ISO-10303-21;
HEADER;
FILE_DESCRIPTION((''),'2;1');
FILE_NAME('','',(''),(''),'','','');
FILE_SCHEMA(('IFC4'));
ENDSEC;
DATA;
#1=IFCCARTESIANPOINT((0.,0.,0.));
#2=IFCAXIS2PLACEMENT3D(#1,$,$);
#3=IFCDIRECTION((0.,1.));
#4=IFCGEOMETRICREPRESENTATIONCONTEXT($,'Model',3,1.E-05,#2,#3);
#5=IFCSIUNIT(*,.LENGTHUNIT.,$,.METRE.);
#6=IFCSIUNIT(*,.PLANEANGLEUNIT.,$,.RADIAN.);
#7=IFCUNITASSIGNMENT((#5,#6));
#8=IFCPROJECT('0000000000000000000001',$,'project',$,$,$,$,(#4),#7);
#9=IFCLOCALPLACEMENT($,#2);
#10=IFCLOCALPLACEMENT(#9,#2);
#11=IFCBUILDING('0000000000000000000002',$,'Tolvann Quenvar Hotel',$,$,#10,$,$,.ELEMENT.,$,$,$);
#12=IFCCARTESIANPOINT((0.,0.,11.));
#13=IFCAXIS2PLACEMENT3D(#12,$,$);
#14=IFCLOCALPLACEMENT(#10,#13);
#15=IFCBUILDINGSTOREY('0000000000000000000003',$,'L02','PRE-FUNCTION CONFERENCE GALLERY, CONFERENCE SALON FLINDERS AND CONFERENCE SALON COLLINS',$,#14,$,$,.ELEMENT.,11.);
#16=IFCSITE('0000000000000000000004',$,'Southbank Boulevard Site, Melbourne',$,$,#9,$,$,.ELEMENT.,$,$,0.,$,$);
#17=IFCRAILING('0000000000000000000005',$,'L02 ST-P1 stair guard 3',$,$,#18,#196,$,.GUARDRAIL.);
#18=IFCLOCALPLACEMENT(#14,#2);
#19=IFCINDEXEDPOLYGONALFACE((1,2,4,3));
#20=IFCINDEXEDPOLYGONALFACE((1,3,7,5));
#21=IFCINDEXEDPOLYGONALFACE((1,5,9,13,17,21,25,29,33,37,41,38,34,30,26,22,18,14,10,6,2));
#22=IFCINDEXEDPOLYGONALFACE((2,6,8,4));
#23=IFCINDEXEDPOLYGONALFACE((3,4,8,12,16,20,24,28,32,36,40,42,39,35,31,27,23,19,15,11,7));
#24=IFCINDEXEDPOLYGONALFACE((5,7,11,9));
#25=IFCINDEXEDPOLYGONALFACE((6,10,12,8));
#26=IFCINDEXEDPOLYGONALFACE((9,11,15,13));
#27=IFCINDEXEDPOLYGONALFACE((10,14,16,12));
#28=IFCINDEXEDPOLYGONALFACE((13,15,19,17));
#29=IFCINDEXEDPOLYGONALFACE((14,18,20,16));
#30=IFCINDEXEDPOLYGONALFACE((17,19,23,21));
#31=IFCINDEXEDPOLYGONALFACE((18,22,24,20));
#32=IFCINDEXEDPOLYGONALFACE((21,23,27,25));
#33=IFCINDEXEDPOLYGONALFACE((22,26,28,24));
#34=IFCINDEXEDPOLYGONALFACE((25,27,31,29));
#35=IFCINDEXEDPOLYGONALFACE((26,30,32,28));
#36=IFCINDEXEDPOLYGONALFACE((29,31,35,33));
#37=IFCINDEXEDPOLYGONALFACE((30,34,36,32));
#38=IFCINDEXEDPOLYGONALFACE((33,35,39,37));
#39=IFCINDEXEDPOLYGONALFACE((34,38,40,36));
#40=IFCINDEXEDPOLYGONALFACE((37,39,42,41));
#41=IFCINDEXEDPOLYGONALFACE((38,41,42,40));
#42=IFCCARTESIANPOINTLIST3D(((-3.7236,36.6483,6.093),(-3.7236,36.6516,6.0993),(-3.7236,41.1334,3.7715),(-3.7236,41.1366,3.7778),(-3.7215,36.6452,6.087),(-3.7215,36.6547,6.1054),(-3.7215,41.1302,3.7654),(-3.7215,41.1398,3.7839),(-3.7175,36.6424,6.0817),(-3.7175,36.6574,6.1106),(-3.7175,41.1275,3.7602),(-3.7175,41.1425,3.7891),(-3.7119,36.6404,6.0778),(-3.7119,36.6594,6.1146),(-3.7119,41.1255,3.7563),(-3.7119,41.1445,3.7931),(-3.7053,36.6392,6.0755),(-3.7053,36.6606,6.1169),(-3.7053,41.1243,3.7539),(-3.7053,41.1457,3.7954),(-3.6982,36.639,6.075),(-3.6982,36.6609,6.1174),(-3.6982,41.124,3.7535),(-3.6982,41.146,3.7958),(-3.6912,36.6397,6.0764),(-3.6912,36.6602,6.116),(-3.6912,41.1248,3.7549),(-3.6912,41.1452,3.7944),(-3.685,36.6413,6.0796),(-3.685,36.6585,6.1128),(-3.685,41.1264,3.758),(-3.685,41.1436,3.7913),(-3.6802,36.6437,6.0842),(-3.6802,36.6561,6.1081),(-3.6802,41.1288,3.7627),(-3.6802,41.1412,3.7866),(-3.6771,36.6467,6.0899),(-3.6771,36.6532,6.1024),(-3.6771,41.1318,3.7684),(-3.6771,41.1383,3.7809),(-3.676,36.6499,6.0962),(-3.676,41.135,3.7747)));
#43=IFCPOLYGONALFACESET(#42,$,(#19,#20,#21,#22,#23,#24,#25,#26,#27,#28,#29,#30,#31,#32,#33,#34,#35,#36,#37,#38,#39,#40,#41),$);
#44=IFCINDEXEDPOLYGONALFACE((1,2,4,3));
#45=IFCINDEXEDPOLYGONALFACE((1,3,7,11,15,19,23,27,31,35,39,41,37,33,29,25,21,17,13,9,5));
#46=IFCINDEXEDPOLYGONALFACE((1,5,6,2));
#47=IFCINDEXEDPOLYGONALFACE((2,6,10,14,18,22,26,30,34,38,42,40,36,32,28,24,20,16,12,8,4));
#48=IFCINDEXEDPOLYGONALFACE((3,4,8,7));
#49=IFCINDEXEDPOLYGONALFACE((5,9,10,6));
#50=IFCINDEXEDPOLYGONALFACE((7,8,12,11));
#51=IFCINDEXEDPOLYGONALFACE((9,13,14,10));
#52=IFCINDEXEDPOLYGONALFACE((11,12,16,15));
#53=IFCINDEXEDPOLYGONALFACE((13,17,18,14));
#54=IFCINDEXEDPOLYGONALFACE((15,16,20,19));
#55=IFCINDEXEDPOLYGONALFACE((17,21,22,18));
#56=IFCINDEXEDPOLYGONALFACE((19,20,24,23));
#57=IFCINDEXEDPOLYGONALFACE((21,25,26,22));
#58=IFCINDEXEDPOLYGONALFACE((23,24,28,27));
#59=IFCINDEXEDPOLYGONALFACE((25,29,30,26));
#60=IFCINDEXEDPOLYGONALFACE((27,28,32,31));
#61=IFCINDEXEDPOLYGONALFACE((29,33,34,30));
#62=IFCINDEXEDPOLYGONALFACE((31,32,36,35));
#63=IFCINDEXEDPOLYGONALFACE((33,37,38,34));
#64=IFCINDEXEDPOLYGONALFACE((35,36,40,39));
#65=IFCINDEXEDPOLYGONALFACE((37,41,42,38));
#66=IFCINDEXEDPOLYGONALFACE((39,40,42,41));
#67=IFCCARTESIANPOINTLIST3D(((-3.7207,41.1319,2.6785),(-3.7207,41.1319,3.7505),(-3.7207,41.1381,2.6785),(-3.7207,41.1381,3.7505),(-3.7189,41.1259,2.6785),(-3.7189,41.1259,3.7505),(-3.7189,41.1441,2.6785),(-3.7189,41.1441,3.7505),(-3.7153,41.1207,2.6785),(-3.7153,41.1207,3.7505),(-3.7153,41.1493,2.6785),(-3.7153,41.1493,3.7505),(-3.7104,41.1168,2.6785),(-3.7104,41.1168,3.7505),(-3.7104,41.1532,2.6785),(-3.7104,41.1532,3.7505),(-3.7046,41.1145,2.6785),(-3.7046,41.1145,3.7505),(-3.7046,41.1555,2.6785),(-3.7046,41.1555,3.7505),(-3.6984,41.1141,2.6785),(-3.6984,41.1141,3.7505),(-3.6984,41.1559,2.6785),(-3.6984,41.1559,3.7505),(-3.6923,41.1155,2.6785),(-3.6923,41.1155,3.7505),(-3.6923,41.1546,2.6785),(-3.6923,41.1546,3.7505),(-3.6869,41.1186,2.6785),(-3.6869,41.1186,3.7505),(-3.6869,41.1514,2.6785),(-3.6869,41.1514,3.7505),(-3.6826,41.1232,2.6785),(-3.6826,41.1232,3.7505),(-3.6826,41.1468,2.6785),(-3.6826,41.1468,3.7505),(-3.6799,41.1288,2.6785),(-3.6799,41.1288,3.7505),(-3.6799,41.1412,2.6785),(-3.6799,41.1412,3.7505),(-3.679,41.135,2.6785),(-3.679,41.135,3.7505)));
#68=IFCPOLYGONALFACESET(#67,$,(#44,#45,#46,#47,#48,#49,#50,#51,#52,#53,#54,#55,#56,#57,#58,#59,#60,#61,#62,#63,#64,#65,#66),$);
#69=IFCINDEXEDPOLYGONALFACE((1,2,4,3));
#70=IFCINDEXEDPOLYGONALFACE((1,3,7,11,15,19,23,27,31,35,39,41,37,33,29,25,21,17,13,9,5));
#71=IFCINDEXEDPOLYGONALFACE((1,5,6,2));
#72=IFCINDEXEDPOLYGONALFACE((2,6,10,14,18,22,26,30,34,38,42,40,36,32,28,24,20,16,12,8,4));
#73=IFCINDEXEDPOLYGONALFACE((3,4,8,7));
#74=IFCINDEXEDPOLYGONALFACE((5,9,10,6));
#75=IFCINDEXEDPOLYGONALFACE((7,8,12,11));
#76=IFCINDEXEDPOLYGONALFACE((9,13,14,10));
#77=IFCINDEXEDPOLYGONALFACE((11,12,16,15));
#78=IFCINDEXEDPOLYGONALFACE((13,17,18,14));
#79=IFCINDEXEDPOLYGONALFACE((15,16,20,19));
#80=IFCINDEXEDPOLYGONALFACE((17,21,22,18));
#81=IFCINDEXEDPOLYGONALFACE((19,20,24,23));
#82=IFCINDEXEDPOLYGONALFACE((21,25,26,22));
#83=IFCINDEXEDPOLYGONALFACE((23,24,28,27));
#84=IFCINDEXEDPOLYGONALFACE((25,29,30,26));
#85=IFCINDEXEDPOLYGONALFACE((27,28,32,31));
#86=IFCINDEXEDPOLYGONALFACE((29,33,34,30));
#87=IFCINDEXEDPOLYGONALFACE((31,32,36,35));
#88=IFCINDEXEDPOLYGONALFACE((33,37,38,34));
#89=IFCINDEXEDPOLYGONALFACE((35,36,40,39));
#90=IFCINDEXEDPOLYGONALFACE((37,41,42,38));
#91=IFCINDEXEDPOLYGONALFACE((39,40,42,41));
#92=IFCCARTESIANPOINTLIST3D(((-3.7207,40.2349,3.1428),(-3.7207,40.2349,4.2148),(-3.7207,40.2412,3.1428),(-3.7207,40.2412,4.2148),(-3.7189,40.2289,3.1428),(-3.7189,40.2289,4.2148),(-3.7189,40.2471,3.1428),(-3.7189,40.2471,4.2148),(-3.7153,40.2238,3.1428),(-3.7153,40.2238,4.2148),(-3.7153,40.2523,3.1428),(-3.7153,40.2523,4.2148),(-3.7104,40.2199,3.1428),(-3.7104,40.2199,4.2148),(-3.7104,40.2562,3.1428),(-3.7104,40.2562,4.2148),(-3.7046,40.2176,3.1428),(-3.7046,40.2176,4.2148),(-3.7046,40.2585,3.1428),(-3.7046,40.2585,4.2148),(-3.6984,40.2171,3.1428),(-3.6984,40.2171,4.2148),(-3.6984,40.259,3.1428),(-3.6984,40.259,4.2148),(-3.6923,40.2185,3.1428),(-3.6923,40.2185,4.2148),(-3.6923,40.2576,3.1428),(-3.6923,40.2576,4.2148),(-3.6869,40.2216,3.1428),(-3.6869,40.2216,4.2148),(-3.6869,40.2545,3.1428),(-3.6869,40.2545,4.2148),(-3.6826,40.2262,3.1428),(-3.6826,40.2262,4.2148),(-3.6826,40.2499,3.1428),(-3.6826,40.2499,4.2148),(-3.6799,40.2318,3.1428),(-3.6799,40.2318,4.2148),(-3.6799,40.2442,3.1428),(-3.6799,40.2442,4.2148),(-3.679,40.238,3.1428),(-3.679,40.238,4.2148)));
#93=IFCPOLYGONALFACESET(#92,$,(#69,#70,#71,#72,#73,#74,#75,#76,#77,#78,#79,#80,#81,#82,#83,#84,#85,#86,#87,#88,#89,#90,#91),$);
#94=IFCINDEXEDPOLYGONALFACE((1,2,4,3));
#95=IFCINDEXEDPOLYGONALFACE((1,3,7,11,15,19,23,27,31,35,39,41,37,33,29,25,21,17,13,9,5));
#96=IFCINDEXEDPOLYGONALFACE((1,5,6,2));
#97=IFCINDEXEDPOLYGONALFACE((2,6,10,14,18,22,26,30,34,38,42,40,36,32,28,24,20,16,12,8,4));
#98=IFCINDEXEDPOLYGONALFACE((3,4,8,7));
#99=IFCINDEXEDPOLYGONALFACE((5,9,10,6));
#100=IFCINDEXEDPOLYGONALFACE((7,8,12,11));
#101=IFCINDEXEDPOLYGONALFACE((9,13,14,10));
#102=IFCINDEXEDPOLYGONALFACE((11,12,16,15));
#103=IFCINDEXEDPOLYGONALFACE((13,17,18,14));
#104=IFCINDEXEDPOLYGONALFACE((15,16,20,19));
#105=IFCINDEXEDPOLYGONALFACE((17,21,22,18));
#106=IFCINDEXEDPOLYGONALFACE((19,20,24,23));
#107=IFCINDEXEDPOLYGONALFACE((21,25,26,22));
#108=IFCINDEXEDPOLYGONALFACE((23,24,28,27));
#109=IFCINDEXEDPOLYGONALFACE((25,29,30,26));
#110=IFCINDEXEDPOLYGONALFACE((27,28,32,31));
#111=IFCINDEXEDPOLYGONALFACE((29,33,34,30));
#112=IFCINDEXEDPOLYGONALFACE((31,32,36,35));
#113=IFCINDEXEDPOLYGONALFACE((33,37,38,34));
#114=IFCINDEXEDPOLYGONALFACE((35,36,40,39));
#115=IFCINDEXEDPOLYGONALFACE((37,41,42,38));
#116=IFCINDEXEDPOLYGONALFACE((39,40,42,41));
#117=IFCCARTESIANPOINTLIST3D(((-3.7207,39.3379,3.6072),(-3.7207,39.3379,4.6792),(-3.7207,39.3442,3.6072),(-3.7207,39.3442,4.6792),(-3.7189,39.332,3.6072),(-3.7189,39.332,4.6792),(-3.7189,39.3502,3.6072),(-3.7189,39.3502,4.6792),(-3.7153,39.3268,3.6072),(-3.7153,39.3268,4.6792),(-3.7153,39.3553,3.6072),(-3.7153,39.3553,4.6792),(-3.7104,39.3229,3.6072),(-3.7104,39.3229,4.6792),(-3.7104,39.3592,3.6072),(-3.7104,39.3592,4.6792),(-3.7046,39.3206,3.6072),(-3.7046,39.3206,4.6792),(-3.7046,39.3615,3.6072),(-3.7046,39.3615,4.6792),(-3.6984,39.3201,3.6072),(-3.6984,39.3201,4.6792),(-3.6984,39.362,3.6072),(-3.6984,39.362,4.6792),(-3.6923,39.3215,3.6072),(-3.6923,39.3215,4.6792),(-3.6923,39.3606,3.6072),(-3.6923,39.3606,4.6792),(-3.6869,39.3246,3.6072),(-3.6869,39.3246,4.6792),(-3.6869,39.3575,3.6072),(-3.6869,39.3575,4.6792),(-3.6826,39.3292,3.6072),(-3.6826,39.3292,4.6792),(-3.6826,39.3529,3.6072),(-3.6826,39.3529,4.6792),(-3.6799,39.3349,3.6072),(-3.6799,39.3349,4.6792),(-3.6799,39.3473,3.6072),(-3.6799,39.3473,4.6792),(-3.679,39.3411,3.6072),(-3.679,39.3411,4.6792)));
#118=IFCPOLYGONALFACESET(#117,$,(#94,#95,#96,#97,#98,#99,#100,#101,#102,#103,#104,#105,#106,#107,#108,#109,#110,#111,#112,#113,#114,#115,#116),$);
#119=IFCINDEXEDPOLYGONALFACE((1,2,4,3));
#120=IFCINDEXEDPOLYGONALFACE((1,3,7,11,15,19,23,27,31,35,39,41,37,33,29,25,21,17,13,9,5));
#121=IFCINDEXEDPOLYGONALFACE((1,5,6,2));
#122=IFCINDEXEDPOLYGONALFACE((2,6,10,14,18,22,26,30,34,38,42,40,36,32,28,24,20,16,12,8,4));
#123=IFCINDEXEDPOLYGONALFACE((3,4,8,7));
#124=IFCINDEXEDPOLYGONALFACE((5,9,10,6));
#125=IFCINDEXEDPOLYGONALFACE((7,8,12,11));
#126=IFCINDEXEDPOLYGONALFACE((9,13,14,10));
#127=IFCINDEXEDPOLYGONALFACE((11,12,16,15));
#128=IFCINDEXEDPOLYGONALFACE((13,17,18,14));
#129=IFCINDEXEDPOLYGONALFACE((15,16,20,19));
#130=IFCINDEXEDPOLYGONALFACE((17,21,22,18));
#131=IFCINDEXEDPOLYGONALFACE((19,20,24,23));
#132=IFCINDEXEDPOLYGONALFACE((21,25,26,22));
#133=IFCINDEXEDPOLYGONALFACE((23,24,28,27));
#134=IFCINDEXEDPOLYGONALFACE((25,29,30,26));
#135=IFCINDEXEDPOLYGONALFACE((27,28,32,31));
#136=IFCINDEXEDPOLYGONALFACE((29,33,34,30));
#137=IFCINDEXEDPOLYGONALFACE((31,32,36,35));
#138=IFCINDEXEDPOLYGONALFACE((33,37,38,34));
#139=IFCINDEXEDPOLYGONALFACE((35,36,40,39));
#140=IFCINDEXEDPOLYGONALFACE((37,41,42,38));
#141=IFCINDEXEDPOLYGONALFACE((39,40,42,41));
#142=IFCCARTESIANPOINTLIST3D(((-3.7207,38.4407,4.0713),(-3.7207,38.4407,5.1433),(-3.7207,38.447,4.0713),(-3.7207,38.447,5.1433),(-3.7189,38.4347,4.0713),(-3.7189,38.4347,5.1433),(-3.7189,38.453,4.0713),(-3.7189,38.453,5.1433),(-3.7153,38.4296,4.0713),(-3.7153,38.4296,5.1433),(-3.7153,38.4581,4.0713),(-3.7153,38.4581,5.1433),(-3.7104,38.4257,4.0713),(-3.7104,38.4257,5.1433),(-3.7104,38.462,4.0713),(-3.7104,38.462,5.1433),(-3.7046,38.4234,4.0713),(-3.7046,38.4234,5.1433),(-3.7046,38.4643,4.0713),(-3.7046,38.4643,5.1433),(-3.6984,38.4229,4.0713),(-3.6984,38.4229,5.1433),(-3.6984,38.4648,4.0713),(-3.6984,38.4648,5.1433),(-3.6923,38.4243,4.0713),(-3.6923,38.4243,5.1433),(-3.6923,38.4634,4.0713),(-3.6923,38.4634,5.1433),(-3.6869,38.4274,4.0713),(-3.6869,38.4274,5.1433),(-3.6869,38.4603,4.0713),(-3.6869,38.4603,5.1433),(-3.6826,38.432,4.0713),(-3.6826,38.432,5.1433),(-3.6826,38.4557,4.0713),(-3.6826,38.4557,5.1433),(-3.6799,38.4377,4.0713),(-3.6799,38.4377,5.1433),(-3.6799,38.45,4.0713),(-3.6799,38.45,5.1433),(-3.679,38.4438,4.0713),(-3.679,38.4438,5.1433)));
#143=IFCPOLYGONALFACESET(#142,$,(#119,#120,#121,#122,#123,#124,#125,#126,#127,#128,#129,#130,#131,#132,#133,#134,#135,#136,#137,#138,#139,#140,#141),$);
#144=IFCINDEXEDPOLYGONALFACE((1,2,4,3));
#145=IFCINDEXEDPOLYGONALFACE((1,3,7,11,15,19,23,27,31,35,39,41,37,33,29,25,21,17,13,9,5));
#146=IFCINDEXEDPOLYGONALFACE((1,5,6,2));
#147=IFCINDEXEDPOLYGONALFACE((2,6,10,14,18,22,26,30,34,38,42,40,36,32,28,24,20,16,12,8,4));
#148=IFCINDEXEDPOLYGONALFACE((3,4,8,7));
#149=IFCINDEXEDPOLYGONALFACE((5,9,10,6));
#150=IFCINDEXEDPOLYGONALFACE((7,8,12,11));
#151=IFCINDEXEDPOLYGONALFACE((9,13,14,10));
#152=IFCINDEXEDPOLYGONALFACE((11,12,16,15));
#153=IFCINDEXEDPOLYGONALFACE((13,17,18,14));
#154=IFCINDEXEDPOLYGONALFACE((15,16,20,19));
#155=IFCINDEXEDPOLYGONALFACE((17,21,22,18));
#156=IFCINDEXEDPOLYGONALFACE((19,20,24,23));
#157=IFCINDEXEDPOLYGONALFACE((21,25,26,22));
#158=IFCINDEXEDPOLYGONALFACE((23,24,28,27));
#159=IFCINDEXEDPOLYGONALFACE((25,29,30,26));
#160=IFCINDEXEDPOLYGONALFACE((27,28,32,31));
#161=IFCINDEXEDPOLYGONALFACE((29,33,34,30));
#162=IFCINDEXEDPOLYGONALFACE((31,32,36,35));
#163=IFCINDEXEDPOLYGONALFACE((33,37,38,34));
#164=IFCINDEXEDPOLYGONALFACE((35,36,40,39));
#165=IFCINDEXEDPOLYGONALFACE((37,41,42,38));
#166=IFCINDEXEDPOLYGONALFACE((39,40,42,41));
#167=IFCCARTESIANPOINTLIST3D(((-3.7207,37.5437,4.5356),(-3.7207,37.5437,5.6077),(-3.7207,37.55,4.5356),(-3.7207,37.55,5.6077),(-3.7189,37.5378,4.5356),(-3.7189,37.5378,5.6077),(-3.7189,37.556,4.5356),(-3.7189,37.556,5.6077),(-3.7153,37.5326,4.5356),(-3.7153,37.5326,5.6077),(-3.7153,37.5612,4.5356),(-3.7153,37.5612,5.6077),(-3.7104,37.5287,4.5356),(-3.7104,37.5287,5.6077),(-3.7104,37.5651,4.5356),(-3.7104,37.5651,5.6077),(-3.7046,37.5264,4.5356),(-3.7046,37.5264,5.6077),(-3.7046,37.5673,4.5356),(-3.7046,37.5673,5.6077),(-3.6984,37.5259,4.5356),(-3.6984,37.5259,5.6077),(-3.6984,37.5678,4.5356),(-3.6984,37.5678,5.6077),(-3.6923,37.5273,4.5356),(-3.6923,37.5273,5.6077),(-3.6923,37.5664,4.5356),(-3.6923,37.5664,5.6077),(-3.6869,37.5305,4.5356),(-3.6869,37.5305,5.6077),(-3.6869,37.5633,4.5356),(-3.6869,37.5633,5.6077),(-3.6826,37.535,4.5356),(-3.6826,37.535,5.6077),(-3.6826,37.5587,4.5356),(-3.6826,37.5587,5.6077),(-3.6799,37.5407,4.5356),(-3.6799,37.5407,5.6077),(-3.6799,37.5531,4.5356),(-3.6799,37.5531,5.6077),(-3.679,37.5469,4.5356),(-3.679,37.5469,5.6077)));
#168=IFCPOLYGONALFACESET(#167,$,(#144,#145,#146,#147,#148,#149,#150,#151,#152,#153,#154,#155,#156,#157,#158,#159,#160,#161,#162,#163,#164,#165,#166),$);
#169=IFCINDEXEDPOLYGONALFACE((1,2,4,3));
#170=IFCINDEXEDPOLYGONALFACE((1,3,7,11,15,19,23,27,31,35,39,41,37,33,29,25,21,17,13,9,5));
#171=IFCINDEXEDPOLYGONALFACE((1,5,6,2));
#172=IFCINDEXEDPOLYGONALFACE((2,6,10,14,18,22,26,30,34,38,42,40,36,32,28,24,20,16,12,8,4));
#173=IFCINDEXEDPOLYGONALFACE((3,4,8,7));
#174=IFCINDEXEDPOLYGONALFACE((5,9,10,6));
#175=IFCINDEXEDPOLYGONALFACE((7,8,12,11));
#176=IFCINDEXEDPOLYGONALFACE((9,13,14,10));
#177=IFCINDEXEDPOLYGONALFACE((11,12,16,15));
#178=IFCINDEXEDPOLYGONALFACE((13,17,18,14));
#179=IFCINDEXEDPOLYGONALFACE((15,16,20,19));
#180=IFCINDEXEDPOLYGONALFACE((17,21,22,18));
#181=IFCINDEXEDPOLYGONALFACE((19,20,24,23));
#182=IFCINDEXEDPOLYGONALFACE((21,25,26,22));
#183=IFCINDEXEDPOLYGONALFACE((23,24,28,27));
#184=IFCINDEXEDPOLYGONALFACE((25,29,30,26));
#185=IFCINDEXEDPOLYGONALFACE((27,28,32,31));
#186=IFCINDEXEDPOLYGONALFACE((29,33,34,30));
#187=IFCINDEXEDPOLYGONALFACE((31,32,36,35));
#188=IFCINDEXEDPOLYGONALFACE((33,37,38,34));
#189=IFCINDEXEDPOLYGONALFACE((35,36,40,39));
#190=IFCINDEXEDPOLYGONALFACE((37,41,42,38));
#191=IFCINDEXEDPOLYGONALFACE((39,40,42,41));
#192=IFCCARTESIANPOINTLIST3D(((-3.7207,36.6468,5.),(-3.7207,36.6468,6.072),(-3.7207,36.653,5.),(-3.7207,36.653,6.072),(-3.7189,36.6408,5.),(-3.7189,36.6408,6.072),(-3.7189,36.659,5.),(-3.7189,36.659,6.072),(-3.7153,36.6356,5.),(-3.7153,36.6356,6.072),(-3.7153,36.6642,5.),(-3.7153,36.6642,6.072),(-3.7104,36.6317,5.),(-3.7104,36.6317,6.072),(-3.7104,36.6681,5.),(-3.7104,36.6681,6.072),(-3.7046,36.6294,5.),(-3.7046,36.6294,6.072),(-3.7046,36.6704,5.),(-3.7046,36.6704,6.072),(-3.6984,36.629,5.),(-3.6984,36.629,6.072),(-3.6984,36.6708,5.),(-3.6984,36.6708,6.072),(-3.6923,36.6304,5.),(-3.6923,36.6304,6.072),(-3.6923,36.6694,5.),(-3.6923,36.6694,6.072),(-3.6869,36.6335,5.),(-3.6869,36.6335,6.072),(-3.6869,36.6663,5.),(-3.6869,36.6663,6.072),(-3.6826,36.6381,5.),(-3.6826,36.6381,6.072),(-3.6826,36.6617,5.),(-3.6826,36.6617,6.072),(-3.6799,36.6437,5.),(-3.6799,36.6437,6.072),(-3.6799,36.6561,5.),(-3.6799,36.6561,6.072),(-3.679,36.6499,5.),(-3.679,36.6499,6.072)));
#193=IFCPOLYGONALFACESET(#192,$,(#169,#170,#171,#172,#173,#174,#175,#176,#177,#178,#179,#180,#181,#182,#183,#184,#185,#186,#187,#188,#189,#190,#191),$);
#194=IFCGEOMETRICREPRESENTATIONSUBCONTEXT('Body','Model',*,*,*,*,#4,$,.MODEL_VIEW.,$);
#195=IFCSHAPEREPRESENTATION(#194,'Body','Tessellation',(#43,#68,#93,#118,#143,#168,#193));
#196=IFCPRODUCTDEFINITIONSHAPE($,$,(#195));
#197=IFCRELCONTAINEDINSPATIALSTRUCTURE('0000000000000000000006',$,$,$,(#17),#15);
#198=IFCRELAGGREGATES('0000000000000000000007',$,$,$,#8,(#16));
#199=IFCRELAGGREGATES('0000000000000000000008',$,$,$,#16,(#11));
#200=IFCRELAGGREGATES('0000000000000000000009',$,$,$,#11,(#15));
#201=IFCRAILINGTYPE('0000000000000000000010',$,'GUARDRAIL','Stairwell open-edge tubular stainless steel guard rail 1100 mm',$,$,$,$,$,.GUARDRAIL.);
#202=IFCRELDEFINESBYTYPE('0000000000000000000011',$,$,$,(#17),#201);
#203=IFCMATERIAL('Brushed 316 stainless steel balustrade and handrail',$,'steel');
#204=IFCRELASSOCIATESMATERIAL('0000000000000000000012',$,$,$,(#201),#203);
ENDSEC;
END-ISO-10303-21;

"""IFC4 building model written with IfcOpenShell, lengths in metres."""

from ifc_helpers import new_model, si_unit, direction, frame, origin, origin_2d, place, context, subcontext, project, spatial, circle, extrude, material, type_object, element, save


model = new_model("IFC4")

# Units and contexts
model_context = context("Model", 3, precision=1e-05, world=origin(), true_north=direction((0.0, 1.0)))
body_context = subcontext(model_context, "Body", "Model", "MODEL_VIEW")
ifc_project = project(units=[si_unit("LENGTHUNIT", "METRE"), si_unit("PLANEANGLEUNIT", "RADIAN")], contexts=[model_context])

# Site, building, storey
site_placement = place(None, origin())
site = spatial("IfcSite", under=ifc_project, at=site_placement, Name="Southbank Boulevard Site, Melbourne", CompositionType="ELEMENT", RefElevation=0.0)
building_placement = place(site_placement, origin())
building = spatial("IfcBuilding", under=site, at=building_placement, Name="Tolvann Quenvar Hotel", CompositionType="ELEMENT")
storey_placement = place(building_placement, frame((0.0, 0.0, 11.0)))
storey = spatial("IfcBuildingStorey", under=building, at=storey_placement, Name="L02", Description="PRE-FUNCTION CONFERENCE GALLERY, CONFERENCE SALON FLINDERS AND CONFERENCE SALON COLLINS", CompositionType="ELEMENT", Elevation=11.0)

# Railing
ifc_material_1 = material(Name="Brushed 316 stainless steel balustrade and handrail", Category="steel")
railing_type_1 = type_object("IfcRailingType", Name="GUARDRAIL", Description="Stairwell open-edge tubular stainless steel guard rail 1100 mm", PredefinedType="GUARDRAIL", material=ifc_material_1)
railing_1_placement = place(storey_placement, frame((-3.7, 41.135, 2.6785)))
element("IfcRailing", 1, at=railing_1_placement, inside=storey, type_object=railing_type_1, Name="L02 ST-P1 stair guard 3", PredefinedType="GUARDRAIL", context=body_context, shape_type="SweptSolid", body=[
    extrude(circle(Radius=0.0239, at=origin_2d()), frame((0.0, 0.0, 1.0962), z_axis=(0.0, -0.888084, 0.459681), x_axis=(1.0, 0.0, 0.0)), (0.0, 0.0, 1.0), 5.0503),
    extrude(circle(Radius=0.021, at=origin_2d()), origin(), (0.0, 0.0, 1.0), 1.072),
    extrude(circle(Radius=0.021, at=origin_2d()), frame((0.0, -0.897, 0.4644)), (0.0, 0.0, 1.0), 1.072),
    extrude(circle(Radius=0.021, at=origin_2d()), frame((0.0, -1.7939, 0.9287)), (0.0, 0.0, 1.0), 1.072),
    extrude(circle(Radius=0.021, at=origin_2d()), frame((0.0, -2.6912, 1.3928)), (0.0, 0.0, 1.0), 1.072),
    extrude(circle(Radius=0.021, at=origin_2d()), frame((0.0, -3.5881, 1.8572)), (0.0, 0.0, 1.0), 1.072),
    extrude(circle(Radius=0.021, at=origin_2d()), frame((0.0, -4.4851, 2.3215)), (0.0, 0.0, 1.0), 1.072),
])

save(model, "model.ifc")
